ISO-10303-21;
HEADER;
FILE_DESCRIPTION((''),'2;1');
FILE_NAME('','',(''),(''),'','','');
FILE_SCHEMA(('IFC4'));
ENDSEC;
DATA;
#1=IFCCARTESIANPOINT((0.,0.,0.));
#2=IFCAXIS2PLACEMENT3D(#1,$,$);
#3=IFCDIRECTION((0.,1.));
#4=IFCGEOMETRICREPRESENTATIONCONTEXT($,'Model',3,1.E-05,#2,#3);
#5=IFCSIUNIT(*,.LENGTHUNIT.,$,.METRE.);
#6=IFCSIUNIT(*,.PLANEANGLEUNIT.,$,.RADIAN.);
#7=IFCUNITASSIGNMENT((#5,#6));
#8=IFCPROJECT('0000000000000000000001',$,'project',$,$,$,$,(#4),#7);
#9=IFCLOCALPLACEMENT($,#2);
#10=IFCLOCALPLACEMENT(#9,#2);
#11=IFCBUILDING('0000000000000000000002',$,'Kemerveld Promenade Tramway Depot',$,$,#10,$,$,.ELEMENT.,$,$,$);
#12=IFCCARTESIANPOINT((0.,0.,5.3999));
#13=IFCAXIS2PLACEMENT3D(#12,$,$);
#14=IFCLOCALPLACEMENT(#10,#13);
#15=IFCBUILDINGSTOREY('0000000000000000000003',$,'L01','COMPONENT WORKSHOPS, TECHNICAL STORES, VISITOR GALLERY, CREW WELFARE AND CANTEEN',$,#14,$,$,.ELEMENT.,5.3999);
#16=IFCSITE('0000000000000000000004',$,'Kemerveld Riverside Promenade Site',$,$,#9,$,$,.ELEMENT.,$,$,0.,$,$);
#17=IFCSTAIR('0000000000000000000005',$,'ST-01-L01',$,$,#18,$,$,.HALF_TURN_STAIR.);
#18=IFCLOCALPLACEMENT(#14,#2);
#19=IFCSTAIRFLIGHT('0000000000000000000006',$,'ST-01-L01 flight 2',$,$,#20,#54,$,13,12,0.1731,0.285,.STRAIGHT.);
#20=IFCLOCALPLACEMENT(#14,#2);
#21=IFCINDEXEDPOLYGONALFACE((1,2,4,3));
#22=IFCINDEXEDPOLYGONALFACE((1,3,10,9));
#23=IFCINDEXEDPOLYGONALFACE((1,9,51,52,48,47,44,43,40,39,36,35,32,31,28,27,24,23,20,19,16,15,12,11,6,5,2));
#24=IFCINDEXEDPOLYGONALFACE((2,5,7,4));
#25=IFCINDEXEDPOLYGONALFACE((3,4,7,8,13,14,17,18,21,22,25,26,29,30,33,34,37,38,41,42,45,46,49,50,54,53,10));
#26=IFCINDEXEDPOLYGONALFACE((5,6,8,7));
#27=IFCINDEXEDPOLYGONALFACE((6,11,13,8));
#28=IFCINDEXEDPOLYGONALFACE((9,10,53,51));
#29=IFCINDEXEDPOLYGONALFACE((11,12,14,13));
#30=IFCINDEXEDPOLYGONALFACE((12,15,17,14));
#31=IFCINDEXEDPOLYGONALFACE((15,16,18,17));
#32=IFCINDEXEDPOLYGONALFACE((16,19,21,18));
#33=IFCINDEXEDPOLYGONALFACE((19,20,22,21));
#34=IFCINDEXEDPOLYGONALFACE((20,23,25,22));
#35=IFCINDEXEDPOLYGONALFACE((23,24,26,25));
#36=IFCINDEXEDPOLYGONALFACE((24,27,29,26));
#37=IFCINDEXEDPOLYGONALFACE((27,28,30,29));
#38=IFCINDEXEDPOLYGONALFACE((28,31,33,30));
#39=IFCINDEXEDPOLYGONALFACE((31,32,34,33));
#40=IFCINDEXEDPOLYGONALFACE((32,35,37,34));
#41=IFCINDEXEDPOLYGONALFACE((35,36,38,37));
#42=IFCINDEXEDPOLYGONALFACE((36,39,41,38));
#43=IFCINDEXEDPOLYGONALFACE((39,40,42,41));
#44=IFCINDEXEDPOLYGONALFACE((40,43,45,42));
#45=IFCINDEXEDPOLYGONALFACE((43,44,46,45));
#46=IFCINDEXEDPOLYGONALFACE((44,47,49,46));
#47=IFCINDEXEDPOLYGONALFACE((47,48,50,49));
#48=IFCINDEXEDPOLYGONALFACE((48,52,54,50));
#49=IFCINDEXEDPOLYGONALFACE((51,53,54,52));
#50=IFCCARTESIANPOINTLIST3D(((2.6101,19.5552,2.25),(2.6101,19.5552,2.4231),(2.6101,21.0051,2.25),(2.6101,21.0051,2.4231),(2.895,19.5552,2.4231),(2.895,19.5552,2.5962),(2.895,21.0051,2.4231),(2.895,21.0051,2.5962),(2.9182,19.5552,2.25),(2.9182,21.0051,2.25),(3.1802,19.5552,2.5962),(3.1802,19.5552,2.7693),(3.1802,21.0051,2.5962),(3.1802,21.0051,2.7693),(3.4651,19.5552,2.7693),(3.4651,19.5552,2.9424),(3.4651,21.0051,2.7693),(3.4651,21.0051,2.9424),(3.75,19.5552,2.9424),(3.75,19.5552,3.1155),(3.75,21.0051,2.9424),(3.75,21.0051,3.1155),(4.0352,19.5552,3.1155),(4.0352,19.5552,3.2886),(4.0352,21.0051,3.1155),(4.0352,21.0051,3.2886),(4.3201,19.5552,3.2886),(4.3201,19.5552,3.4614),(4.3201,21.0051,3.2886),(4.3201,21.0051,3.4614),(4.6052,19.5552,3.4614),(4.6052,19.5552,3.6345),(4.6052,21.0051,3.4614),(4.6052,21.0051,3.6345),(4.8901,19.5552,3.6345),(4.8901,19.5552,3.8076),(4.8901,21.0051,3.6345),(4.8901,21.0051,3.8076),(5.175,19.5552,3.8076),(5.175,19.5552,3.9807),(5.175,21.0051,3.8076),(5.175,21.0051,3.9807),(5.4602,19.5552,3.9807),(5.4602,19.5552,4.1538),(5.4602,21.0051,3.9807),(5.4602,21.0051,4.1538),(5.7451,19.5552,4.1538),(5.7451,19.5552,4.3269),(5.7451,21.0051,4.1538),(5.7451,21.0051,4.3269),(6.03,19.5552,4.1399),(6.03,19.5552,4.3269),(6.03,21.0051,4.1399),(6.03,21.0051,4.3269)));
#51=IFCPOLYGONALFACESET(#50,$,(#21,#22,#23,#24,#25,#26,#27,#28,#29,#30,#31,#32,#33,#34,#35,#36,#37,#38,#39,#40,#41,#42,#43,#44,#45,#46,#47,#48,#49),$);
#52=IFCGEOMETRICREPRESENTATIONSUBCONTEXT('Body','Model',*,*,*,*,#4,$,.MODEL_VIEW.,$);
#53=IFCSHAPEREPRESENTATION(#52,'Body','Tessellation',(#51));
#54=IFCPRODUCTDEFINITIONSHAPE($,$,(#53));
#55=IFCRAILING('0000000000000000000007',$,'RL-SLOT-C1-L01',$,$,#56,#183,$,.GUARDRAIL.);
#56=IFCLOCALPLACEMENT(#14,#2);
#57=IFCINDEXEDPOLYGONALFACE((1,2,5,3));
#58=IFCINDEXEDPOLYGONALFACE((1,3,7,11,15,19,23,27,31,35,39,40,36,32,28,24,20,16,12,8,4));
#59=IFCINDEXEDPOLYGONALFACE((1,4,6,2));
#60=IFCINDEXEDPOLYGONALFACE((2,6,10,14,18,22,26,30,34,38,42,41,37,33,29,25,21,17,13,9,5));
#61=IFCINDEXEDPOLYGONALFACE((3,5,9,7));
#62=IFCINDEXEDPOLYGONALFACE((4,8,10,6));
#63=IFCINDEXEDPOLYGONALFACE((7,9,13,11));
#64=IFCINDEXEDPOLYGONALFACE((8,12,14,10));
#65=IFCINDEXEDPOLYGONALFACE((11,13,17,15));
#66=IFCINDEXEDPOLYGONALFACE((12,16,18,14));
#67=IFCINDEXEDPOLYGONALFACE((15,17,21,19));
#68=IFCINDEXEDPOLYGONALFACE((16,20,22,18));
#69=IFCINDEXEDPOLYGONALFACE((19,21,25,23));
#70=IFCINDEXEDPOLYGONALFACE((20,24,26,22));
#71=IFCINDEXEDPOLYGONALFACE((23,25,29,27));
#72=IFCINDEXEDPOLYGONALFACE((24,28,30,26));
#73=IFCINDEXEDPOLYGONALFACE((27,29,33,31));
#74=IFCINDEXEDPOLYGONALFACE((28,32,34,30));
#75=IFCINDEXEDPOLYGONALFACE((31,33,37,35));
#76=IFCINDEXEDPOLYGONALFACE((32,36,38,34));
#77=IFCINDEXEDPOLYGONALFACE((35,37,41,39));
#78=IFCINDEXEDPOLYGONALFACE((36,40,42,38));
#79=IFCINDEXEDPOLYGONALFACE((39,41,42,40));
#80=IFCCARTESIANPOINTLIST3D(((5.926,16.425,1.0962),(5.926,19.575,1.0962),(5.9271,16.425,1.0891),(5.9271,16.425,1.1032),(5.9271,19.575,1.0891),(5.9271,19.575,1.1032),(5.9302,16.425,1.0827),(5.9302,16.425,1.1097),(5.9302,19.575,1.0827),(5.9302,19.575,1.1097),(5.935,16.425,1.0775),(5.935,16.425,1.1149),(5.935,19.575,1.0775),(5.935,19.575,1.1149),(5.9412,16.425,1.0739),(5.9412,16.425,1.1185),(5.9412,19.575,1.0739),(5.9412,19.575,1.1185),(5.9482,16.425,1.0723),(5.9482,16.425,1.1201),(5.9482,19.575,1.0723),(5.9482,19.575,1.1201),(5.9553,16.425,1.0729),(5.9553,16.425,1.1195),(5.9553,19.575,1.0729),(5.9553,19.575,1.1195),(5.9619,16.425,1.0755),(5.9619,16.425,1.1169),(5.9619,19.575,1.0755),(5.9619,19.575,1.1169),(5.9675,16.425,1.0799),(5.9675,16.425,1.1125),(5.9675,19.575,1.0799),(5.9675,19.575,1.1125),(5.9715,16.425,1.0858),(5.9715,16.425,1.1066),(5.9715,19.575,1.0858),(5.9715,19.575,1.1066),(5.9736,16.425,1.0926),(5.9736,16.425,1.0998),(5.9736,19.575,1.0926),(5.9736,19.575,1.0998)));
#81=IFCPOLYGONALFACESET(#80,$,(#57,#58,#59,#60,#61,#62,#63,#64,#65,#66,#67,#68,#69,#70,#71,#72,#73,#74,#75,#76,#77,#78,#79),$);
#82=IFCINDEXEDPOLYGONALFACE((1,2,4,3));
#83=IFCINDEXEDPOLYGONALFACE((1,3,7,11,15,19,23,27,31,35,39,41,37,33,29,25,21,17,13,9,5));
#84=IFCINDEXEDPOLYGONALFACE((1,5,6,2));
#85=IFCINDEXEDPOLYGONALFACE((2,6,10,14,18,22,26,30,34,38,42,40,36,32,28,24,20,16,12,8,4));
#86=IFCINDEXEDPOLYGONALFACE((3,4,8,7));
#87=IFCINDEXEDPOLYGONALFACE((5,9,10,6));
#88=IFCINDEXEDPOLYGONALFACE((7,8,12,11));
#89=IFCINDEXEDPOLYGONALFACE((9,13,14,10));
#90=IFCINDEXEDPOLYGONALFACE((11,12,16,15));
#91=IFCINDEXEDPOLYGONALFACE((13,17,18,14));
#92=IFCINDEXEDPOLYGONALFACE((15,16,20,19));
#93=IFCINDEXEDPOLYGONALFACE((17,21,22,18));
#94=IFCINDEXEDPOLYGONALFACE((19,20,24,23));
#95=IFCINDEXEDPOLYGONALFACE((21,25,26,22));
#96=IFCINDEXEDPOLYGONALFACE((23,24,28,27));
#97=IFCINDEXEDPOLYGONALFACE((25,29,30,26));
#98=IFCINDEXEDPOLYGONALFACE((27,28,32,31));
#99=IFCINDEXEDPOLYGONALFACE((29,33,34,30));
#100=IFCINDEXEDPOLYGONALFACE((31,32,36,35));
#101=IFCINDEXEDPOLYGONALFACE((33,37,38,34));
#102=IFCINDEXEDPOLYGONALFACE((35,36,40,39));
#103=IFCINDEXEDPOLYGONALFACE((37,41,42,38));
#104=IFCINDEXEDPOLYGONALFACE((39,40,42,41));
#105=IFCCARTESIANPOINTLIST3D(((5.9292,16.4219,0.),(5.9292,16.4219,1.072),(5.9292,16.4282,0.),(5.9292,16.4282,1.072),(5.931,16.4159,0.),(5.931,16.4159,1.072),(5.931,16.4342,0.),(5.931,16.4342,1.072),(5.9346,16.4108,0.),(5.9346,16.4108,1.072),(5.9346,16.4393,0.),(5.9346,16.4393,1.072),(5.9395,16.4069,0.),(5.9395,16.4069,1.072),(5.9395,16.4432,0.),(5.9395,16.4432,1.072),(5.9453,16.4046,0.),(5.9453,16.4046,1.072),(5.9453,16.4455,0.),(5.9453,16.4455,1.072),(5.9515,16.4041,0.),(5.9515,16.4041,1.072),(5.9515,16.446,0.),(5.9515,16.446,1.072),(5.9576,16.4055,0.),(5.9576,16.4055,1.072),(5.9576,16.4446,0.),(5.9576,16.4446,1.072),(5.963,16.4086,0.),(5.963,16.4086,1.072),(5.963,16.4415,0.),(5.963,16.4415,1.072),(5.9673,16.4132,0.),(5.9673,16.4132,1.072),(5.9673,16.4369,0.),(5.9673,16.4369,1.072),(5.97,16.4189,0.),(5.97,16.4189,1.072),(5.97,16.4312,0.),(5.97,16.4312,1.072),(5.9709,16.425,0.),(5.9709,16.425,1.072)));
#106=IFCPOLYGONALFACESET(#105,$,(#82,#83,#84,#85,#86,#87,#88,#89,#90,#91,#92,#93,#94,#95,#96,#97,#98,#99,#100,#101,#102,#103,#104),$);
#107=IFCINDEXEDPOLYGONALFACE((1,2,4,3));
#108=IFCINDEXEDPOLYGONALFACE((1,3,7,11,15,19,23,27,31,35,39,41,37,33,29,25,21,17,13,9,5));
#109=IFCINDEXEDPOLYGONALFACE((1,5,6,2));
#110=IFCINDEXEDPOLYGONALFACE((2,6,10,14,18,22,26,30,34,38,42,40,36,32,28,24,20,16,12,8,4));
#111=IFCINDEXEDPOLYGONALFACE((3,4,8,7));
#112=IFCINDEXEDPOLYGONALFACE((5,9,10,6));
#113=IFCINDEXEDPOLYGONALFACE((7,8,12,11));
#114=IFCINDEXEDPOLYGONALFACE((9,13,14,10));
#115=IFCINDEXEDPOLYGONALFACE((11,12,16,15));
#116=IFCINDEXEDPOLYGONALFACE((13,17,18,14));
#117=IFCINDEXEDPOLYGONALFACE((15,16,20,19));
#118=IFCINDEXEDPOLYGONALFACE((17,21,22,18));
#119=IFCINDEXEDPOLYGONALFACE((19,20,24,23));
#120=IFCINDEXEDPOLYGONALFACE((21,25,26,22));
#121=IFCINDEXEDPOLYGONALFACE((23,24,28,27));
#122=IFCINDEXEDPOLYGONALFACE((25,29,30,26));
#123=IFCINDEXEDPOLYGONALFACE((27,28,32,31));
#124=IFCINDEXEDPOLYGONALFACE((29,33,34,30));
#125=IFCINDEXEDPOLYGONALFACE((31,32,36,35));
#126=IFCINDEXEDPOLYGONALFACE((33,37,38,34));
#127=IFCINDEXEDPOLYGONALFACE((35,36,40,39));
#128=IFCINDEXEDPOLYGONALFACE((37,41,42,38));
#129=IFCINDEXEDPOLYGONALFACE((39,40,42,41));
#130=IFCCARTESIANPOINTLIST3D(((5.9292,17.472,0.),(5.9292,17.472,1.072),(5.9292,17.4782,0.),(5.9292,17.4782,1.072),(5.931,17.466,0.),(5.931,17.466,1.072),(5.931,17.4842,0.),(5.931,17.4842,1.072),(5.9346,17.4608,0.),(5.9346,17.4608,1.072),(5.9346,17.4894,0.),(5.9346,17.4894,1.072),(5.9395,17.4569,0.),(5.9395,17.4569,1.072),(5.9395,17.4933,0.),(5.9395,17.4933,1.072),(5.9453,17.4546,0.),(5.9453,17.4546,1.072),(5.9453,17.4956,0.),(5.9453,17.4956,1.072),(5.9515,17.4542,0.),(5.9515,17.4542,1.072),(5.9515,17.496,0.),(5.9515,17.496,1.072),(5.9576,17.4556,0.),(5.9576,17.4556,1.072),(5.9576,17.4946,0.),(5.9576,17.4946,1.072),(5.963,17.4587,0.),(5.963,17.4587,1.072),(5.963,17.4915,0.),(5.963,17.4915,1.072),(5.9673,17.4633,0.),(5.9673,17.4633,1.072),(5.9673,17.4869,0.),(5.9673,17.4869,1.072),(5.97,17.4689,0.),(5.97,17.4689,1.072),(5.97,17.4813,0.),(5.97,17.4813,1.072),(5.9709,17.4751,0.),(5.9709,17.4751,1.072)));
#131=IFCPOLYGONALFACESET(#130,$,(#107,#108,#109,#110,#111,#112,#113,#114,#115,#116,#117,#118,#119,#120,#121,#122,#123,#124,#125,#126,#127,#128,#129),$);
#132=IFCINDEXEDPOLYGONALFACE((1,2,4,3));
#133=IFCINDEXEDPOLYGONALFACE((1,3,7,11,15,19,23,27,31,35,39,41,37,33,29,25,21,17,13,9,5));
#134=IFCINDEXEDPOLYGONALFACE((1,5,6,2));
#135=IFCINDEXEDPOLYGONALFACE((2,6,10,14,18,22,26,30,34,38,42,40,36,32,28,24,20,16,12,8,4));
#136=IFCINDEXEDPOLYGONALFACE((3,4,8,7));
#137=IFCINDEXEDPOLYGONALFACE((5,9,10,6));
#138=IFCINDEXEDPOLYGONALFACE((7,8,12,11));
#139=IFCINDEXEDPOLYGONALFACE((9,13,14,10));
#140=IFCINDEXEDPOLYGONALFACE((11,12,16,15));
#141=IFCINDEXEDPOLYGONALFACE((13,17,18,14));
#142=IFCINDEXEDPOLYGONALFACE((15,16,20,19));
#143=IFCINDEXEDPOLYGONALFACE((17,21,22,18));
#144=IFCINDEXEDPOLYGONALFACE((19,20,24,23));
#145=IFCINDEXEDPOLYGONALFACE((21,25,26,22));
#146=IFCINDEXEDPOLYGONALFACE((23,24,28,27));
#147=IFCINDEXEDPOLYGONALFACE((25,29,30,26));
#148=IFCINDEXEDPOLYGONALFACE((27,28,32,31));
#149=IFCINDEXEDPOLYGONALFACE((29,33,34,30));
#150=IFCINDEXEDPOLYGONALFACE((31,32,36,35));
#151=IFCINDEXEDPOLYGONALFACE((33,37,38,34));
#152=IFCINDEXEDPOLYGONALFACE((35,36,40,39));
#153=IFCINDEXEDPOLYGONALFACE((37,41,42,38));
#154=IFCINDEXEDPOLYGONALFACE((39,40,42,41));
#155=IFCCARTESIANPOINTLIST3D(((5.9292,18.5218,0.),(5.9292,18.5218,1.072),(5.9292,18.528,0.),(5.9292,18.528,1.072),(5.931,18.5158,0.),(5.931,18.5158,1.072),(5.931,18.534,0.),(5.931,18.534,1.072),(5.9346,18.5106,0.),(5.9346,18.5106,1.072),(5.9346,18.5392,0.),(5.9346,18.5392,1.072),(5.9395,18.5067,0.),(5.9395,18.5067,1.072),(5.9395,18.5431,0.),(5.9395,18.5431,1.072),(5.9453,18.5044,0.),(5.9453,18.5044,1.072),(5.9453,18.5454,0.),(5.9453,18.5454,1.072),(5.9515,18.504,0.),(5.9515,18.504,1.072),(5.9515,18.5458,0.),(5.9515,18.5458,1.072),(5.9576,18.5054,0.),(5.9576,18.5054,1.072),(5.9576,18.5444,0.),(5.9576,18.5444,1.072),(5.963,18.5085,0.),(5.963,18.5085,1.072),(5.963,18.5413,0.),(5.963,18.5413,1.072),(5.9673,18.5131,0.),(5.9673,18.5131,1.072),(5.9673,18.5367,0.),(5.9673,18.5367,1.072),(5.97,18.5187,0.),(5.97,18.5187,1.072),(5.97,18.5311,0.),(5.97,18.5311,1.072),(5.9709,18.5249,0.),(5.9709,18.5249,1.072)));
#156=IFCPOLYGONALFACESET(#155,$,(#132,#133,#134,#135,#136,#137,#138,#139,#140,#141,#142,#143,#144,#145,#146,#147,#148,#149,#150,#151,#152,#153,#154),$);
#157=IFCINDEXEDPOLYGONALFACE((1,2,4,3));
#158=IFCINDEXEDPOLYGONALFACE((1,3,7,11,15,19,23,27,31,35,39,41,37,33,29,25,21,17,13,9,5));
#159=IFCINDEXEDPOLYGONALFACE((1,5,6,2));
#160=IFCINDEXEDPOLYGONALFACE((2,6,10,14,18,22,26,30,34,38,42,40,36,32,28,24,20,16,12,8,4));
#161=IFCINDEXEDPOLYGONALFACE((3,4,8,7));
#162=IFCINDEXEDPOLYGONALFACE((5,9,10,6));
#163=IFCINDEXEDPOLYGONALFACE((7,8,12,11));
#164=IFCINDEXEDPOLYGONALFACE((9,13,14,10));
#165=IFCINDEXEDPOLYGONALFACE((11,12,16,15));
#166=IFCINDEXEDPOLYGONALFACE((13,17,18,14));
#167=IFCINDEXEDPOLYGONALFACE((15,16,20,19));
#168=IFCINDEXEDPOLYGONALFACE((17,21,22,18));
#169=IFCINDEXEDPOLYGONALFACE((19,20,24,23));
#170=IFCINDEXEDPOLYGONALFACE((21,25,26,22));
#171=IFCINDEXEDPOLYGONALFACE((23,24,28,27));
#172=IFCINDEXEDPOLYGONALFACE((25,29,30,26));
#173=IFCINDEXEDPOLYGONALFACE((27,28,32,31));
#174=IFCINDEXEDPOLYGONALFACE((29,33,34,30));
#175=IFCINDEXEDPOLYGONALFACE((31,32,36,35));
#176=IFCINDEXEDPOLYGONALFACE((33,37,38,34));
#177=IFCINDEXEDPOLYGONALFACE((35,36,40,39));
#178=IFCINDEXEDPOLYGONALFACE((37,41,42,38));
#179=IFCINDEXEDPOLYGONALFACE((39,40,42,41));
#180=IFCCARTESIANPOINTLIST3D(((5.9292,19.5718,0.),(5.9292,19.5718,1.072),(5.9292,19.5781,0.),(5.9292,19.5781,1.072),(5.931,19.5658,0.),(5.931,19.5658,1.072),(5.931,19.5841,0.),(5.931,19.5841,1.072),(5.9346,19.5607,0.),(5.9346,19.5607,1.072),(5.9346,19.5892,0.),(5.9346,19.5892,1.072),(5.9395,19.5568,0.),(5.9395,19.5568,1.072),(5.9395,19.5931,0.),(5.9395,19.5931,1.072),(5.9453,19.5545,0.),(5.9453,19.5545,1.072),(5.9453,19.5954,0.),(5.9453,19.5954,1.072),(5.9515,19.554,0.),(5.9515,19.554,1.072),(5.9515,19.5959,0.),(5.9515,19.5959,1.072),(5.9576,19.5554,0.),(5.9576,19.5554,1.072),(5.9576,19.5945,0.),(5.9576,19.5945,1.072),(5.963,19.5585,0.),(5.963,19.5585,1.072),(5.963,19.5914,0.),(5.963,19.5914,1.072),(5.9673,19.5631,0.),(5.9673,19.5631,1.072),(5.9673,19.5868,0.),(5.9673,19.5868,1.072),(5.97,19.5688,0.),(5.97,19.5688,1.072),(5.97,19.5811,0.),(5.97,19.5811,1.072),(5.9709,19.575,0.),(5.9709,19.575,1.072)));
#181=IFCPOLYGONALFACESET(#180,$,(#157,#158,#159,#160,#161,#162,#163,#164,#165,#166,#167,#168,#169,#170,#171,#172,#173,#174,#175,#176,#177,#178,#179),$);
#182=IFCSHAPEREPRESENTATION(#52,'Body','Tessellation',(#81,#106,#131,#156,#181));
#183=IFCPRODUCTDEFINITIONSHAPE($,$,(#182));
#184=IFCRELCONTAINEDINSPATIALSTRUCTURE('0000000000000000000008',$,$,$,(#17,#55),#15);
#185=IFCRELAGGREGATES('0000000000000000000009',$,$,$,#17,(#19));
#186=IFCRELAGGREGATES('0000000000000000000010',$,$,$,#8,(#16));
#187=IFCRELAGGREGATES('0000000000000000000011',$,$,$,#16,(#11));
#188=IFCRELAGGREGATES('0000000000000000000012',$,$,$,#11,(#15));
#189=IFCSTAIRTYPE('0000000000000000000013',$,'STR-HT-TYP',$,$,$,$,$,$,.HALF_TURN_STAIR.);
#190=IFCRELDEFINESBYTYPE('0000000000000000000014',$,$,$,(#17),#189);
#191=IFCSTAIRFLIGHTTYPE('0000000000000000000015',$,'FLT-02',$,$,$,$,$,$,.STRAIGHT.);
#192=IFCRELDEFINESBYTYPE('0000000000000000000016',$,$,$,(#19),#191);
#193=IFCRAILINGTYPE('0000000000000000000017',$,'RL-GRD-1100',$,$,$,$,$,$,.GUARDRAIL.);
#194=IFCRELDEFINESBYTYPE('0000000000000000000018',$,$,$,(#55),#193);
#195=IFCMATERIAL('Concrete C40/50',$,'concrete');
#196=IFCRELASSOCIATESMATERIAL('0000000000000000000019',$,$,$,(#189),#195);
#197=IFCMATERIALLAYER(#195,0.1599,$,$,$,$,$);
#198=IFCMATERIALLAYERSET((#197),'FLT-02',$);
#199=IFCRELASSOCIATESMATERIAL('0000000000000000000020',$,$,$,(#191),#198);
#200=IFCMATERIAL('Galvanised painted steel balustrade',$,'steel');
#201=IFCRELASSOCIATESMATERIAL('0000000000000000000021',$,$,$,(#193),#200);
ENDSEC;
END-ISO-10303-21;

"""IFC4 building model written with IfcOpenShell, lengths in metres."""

from ifc_helpers import new_model, si_unit, direction, frame, origin, origin_2d, place, context, subcontext, project, spatial, polyline, circle, outline, extrude, material, layer, layer_set, type_object, element, aggregate, save


model = new_model("IFC4")

# Units and contexts
model_context = context("Model", 3, precision=1e-05, world=origin(), true_north=direction((0.0, 1.0)))
body_context = subcontext(model_context, "Body", "Model", "MODEL_VIEW")
ifc_project = project(units=[si_unit("LENGTHUNIT", "METRE"), si_unit("PLANEANGLEUNIT", "RADIAN")], contexts=[model_context])

# Site, building, storey
site_placement = place(None, origin())
site = spatial("IfcSite", under=ifc_project, at=site_placement, Name="Kemerveld Riverside Promenade Site", CompositionType="ELEMENT", RefElevation=0.0)
building_placement = place(site_placement, origin())
building = spatial("IfcBuilding", under=site, at=building_placement, Name="Kemerveld Promenade Tramway Depot", CompositionType="ELEMENT")
storey_placement = place(building_placement, frame((0.0, 0.0, 5.3999)))
storey = spatial("IfcBuildingStorey", under=building, at=storey_placement, Name="L01", Description="COMPONENT WORKSHOPS, TECHNICAL STORES, VISITOR GALLERY, CREW WELFARE AND CANTEEN", CompositionType="ELEMENT", Elevation=5.3999)

# Shared definitions
ifc_material_1 = material(Name="Concrete C40/50", Category="concrete")

# Stair, stair flight
stair_type = type_object("IfcStairType", Name="STR-HT-TYP", PredefinedType="HALF_TURN_STAIR", material=ifc_material_1)
stair_placement = place(storey_placement, origin())
stair = element("IfcStair", 1, at=stair_placement, inside=storey, type_object=stair_type, Name="ST-01-L01", PredefinedType="HALF_TURN_STAIR")
ifc_layer_1 = layer(ifc_material_1, 0.1599)
ifc_layer_set_1 = layer_set([ifc_layer_1], Name="FLT-02")
stair_flight_type = type_object("IfcStairFlightType", Name="FLT-02", PredefinedType="STRAIGHT", material=ifc_layer_set_1)
stair_flight_1_placement = place(storey_placement, frame((2.6101, 20.28, 2.25), z_axis=(0.0, 0.0, 1.0), x_axis=(1.0, 0.0, 0.0)))
stair_flight_1 = element("IfcStairFlight", 2, at=stair_flight_1_placement, type_object=stair_flight_type, Name="ST-01-L01 flight 2", NumberOfRisers=13, NumberOfTreads=12, PredefinedType="STRAIGHT", RiserHeight=0.1731, TreadLength=0.285, context=body_context, shape_type="SweptSolid", body=[
    extrude(outline(polyline([(0.0, 0.0), (0.0, 0.1731), (0.2849, 0.1731), (0.2849, 0.3462), (0.5701, 0.3462), (0.5701, 0.5193), (0.855, 0.5193), (0.855, 0.6924), (1.1399, 0.6924), (1.1399, 0.8655), (1.425, 0.8655), (1.425, 1.0386), (1.71, 1.0386), (1.71, 1.2114), (1.9951, 1.2114), (1.9951, 1.3845), (2.28, 1.3845), (2.28, 1.5576), (2.5649, 1.5576), (2.5649, 1.7307), (2.8501, 1.7307), (2.8501, 1.9038), (3.135, 1.9038), (3.135, 2.0769), (3.4199, 2.0769), (3.4199, 2.25), (3.4199, 1.8899), (0.3081, 0.0), (0.0, 0.0)])), frame((0.0, 0.7251, 0.0), z_axis=(0.0, -1.0, 0.0), x_axis=(1.0, 0.0, 0.0)), (0.0, 0.0, 1.0), 1.45),
])
aggregate(stair, [stair_flight_1])

# Railing
ifc_material_2 = material(Name="Galvanised painted steel balustrade", Category="steel")
railing_type_1 = type_object("IfcRailingType", Name="RL-GRD-1100", PredefinedType="GUARDRAIL", material=ifc_material_2)
railing_1_placement = place(storey_placement, frame((5.95, 16.425, 0.0)))
element("IfcRailing", 3, at=railing_1_placement, inside=storey, type_object=railing_type_1, Name="RL-SLOT-C1-L01", PredefinedType="GUARDRAIL", context=body_context, shape_type="SweptSolid", body=[
    extrude(circle(Radius=0.0239, at=origin_2d()), frame((0.0, 0.0, 1.0962), z_axis=(0.0, 1.0, 0.0), x_axis=(-1.0, 0.0, 0.0)), (0.0, 0.0, 1.0), 3.1499),
    extrude(circle(Radius=0.021, at=origin_2d()), origin(), (0.0, 0.0, 1.0), 1.072),
    extrude(circle(Radius=0.021, at=origin_2d()), frame((0.0, 1.05, 0.0)), (0.0, 0.0, 1.0), 1.072),
    extrude(circle(Radius=0.021, at=origin_2d()), frame((0.0, 2.0999, 0.0)), (0.0, 0.0, 1.0), 1.072),
    extrude(circle(Radius=0.021, at=origin_2d()), frame((0.0, 3.1499, 0.0)), (0.0, 0.0, 1.0), 1.072),
])

save(model, "model.ifc")
